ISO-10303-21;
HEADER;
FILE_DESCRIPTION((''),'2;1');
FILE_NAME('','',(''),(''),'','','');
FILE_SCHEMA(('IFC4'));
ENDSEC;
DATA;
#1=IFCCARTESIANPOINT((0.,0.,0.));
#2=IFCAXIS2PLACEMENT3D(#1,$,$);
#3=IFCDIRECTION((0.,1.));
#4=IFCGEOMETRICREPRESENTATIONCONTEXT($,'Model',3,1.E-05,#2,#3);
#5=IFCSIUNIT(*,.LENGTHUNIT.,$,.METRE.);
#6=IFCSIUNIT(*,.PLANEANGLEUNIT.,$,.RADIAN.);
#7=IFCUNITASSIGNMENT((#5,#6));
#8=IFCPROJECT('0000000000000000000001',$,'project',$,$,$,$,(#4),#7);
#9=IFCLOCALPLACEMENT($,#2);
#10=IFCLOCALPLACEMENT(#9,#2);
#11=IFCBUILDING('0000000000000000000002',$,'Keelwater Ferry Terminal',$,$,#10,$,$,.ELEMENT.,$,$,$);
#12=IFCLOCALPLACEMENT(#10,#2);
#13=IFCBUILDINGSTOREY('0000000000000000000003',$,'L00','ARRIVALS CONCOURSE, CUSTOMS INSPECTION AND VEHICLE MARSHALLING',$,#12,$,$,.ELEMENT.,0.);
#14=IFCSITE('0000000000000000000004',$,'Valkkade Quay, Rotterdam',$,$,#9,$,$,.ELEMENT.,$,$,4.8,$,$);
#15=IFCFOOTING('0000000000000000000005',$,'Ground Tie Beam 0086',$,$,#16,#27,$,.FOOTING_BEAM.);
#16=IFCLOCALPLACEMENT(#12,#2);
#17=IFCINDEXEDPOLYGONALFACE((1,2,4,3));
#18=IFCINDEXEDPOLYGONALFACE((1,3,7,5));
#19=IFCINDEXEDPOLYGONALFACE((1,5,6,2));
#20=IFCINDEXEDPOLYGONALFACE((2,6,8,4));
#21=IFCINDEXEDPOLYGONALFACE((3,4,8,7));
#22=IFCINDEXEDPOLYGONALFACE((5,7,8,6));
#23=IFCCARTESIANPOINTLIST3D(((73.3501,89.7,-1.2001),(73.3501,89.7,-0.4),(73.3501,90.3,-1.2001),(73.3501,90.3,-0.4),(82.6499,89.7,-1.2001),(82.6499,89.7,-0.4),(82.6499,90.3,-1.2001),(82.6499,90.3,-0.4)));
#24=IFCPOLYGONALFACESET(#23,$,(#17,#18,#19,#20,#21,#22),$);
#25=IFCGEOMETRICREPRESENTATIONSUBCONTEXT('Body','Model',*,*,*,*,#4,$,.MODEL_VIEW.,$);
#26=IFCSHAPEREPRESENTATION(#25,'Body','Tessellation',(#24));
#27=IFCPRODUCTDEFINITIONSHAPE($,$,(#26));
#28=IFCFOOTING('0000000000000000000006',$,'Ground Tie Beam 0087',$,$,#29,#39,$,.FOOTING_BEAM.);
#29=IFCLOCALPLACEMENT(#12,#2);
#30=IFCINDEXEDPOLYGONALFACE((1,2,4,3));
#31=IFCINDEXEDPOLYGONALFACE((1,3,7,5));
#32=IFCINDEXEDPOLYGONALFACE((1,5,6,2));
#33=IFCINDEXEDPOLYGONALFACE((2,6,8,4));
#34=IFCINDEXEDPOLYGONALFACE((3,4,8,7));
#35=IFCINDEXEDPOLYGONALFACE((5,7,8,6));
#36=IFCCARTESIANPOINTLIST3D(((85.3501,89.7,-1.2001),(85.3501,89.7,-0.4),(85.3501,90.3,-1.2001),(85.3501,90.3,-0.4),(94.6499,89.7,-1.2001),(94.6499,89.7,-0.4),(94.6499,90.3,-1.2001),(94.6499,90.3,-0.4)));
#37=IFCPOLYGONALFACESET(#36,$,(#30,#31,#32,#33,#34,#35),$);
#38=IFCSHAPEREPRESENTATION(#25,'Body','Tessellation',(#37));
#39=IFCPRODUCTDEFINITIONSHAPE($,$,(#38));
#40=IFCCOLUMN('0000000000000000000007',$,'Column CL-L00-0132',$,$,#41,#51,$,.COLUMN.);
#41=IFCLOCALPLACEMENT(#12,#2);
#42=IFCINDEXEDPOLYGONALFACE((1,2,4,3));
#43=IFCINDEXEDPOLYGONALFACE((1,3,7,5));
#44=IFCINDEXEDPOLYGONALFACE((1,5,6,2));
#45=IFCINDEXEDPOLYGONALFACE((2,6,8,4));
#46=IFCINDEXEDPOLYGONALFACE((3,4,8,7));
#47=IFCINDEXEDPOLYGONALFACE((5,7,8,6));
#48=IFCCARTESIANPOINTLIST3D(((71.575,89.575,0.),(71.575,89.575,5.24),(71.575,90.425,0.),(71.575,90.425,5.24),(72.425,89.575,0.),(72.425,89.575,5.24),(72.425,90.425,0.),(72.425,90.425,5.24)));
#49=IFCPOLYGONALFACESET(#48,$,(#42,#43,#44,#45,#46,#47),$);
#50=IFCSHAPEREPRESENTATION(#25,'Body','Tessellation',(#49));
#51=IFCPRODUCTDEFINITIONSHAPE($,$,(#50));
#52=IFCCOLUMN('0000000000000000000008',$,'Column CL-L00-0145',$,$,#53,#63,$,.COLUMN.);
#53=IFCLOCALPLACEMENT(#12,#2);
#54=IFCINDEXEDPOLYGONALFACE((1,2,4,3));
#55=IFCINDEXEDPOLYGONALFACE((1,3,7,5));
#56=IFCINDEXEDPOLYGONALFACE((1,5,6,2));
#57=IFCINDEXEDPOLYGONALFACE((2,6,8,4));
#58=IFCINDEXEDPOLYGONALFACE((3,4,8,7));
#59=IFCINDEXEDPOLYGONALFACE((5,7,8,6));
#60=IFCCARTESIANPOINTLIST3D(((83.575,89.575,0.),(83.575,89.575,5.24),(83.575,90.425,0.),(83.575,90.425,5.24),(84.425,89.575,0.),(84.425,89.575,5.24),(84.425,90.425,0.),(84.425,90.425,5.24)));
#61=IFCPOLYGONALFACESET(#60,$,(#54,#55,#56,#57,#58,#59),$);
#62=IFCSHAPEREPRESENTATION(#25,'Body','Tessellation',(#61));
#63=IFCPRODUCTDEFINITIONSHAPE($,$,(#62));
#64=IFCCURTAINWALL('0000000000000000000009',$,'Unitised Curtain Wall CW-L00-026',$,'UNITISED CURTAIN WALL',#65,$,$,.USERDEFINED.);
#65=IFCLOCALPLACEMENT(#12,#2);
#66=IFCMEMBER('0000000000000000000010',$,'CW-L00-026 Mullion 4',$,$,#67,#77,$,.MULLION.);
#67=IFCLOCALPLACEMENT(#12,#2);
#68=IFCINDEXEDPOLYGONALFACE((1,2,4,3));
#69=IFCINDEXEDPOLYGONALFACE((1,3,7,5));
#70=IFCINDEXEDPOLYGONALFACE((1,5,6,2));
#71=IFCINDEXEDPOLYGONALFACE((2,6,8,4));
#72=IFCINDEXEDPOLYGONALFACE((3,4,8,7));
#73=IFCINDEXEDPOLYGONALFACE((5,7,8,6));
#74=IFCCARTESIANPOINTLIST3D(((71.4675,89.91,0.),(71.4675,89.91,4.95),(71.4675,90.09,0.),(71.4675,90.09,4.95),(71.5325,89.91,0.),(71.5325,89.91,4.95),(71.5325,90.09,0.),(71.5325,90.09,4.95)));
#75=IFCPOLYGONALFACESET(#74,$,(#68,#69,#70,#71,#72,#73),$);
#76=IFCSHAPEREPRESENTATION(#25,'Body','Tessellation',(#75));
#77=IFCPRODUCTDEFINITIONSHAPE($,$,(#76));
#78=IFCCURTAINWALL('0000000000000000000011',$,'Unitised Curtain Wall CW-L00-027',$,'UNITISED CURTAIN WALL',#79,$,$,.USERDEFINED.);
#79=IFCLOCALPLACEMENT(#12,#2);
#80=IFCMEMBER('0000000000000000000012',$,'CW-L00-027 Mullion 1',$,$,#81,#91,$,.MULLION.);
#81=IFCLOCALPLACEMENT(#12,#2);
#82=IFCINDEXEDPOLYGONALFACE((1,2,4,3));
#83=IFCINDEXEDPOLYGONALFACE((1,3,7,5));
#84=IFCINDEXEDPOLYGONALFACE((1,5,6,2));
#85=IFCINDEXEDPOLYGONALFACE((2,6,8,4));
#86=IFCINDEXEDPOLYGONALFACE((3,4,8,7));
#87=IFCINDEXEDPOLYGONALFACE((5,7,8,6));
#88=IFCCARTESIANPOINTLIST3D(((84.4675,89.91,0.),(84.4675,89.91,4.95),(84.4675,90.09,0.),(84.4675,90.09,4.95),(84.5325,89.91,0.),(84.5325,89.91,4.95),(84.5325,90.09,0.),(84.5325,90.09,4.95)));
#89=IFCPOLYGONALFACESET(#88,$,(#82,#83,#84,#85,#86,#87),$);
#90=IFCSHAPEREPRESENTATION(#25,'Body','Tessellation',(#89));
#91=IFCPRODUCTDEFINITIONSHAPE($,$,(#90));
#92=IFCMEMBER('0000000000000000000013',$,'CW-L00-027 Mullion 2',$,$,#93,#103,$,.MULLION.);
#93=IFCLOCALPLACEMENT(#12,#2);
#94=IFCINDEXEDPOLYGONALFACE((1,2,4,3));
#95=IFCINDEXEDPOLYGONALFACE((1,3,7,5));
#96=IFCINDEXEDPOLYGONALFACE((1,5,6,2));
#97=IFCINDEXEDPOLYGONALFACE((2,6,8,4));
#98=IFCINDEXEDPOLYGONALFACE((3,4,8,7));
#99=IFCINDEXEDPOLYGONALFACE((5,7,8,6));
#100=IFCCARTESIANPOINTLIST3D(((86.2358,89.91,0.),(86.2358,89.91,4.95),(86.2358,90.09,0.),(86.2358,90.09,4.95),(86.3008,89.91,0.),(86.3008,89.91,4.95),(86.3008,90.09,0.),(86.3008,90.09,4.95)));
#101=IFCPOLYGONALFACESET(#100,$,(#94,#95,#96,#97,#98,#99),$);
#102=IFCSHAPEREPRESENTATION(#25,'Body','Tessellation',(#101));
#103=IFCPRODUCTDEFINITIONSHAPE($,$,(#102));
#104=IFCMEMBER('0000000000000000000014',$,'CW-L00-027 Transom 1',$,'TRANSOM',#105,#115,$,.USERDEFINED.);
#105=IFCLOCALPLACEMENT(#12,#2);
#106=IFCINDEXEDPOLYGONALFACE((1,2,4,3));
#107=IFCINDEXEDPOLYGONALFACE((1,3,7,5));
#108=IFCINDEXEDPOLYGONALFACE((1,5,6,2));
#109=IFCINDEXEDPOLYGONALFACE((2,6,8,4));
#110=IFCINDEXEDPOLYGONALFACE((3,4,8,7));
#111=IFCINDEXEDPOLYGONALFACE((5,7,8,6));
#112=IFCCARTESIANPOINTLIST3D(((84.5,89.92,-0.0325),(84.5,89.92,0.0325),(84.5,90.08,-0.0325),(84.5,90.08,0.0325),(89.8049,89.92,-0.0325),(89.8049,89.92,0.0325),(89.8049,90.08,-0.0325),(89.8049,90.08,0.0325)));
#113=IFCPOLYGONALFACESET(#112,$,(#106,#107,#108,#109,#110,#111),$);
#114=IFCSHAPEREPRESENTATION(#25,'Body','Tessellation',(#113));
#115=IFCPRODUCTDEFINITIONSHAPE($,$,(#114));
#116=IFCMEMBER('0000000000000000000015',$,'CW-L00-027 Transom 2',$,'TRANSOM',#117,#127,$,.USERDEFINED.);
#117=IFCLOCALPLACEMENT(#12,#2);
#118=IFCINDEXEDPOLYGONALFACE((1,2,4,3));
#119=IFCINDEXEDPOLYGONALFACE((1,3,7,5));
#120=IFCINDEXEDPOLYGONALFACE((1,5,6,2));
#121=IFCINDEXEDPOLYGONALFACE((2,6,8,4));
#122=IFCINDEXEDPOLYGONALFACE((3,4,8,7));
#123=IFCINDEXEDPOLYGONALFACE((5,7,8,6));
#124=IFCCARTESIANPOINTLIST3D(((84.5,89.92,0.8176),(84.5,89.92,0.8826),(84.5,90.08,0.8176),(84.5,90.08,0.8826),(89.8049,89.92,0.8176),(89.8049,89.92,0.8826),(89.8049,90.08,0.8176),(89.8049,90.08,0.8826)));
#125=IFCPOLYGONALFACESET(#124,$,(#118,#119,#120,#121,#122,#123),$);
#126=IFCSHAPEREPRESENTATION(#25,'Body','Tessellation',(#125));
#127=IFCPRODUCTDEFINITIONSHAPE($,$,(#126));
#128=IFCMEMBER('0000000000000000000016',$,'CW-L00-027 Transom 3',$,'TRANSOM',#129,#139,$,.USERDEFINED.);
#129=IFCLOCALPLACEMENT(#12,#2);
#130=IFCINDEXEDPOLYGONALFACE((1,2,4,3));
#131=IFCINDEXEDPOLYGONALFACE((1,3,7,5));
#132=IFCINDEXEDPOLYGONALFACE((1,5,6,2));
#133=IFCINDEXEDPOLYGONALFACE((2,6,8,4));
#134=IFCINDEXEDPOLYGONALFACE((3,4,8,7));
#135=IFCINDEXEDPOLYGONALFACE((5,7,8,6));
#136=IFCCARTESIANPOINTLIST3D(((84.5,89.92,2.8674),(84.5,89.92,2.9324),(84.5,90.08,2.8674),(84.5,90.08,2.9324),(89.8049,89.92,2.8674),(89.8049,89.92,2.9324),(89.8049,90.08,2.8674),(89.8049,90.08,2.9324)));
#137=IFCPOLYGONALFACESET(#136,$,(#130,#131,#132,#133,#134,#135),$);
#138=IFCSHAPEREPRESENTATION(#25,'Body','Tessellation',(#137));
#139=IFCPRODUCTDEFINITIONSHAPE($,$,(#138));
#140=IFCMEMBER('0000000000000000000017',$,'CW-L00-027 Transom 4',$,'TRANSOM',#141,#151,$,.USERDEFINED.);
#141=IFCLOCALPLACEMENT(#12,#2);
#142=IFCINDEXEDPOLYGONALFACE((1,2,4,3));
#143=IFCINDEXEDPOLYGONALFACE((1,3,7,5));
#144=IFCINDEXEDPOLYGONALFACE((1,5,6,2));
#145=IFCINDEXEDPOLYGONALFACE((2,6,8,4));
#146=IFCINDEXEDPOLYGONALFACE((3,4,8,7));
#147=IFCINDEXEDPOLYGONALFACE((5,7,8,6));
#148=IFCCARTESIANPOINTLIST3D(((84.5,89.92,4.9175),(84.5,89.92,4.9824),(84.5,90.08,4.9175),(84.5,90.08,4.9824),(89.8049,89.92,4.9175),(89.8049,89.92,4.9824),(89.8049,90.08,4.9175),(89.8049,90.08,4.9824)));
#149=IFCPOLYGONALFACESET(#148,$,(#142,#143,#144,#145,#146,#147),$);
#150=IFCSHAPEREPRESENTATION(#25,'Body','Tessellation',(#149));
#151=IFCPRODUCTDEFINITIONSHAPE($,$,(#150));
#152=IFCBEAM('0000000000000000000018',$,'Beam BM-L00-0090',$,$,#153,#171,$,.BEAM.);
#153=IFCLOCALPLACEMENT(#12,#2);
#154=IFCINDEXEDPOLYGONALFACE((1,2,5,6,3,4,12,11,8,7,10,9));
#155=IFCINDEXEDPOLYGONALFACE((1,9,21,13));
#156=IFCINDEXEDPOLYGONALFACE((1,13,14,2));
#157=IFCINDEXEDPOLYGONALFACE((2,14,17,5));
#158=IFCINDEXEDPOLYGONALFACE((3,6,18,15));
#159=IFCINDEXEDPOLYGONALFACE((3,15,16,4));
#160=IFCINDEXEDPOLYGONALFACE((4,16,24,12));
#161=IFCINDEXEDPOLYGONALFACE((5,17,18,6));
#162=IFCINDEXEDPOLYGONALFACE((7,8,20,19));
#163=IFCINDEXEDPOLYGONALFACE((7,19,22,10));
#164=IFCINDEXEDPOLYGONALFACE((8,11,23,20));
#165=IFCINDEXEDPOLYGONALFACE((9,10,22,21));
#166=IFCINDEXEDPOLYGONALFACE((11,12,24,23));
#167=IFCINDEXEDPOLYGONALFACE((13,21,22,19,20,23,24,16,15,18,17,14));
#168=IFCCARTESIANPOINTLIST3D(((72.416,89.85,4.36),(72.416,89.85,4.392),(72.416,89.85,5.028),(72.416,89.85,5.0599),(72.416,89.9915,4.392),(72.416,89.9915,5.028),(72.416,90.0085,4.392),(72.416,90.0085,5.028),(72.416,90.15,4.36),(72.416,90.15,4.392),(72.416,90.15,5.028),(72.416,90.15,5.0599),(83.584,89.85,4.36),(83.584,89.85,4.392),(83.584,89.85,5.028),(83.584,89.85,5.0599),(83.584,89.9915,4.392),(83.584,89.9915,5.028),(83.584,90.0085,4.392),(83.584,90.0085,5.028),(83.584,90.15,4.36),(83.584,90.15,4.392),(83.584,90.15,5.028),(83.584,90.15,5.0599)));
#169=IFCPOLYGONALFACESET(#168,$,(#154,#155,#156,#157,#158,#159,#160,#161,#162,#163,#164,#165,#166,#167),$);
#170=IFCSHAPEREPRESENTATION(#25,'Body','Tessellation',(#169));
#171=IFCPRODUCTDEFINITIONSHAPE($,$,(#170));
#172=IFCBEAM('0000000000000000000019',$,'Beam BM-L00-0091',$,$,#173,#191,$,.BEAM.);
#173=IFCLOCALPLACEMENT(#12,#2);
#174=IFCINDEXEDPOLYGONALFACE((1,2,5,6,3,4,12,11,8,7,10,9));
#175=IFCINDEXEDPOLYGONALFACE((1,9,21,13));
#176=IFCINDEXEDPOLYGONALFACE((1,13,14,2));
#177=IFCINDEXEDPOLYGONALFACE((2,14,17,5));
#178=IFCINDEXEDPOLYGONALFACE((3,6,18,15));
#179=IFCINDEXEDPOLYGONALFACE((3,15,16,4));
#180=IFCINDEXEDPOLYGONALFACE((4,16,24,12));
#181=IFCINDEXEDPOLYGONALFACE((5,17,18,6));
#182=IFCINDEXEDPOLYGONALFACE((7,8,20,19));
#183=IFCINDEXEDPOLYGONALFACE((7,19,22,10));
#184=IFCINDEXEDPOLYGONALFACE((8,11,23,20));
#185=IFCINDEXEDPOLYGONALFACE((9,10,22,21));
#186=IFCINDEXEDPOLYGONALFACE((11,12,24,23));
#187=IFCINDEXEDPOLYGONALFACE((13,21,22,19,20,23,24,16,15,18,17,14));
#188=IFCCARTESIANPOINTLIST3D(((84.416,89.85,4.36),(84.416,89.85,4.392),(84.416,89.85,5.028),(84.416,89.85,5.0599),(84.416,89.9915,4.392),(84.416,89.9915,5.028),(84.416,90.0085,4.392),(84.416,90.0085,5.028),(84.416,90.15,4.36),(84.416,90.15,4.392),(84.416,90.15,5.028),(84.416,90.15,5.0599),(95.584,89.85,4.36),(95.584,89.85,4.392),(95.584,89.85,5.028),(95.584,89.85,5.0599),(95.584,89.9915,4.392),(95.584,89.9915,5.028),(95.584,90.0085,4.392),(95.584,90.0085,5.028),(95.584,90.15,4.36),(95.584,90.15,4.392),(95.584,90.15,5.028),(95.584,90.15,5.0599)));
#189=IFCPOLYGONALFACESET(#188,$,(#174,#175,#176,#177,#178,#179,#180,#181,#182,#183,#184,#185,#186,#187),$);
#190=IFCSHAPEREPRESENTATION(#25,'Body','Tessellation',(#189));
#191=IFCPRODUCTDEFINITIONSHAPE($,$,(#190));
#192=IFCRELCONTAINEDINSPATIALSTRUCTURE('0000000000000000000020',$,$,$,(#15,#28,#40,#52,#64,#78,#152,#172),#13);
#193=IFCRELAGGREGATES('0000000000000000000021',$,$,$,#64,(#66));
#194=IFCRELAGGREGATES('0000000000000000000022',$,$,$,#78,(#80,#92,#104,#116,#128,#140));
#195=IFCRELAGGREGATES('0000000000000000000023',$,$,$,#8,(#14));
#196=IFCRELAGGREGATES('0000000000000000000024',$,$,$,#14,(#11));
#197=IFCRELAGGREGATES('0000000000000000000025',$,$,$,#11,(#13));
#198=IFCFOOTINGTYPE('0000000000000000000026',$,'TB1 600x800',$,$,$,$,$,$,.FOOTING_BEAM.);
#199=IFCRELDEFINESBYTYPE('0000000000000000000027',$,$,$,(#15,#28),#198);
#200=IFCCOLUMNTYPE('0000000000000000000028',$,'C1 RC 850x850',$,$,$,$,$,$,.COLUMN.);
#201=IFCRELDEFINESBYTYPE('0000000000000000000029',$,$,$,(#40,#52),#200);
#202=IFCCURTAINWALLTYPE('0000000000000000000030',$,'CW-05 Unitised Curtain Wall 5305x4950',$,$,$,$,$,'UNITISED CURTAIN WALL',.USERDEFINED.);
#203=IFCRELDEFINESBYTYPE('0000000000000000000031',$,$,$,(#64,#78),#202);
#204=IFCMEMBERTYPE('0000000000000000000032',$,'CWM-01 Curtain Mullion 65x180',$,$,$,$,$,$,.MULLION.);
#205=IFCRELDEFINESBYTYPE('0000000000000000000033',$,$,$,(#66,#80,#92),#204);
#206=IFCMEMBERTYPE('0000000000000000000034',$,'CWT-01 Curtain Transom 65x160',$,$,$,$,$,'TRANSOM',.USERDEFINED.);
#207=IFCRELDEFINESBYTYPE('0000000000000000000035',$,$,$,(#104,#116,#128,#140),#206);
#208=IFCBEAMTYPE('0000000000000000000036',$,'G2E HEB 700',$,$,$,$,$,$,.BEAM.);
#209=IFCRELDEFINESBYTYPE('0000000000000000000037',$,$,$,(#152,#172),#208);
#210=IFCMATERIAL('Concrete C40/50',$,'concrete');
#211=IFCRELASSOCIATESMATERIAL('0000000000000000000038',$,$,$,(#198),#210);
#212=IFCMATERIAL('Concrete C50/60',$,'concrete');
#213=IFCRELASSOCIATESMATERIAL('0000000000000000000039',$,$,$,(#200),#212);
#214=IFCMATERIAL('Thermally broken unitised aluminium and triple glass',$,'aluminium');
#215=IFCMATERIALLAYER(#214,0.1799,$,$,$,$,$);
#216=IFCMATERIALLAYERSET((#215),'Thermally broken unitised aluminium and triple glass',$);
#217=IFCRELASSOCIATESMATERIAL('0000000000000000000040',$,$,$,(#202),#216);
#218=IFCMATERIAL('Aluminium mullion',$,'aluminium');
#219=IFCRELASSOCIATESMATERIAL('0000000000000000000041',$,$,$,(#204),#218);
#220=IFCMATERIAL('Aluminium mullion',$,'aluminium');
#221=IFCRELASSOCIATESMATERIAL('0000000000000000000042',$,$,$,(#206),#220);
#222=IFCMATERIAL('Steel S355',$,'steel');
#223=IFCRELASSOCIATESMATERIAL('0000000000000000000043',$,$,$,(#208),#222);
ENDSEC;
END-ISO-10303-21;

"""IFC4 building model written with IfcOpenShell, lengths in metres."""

from ifc_helpers import new_model, si_unit, direction, frame, origin, origin_2d, place, context, subcontext, project, spatial, rectangle, i_section, extrude, material, layer, layer_set, material_profile, profile_set, type_object, element, aggregate, save


model = new_model("IFC4")

# Units and contexts
model_context = context("Model", 3, precision=1e-05, world=origin(), true_north=direction((0.0, 1.0)))
body_context = subcontext(model_context, "Body", "Model", "MODEL_VIEW")
ifc_project = project(units=[si_unit("LENGTHUNIT", "METRE"), si_unit("PLANEANGLEUNIT", "RADIAN")], contexts=[model_context])

# Site, building, storey
site_placement = place(None, origin())
site = spatial("IfcSite", under=ifc_project, at=site_placement, Name="Valkkade Quay, Rotterdam", CompositionType="ELEMENT", RefElevation=4.8)
building_placement = place(site_placement, origin())
building = spatial("IfcBuilding", under=site, at=building_placement, Name="Keelwater Ferry Terminal", CompositionType="ELEMENT")
storey_placement = place(building_placement, origin())
storey = spatial("IfcBuildingStorey", under=building, at=storey_placement, Name="L00", Description="ARRIVALS CONCOURSE, CUSTOMS INSPECTION AND VEHICLE MARSHALLING", CompositionType="ELEMENT", Elevation=0.0)

# Footings
ifc_material_1 = material(Name="Concrete C40/50", Category="concrete")
ifc_material_profile_1 = material_profile(ifc_material_1, rectangle(XDim=0.6001, YDim=0.8, at=origin_2d()), Name="TB 600x800")
ifc_profile_set_1 = profile_set([ifc_material_profile_1], Name="Concrete C40/50")
footing_type = type_object("IfcFootingType", Name="TB1 600x800", PredefinedType="FOOTING_BEAM", material=ifc_profile_set_1)
for number, where, z_axis, x_axis, name in (
    (1, (73.3501, 90.0, -0.8), (1.0, 0.0, 0.0), (0.0, 1.0, 0.0), "Ground Tie Beam 0086"),
    (2, (85.3501, 90.0, -0.8), (1.0, 0.0, 0.0), (0.0, 1.0, 0.0), "Ground Tie Beam 0087"),
):
    element("IfcFooting", number, at=place(storey_placement, frame(where, z_axis=z_axis, x_axis=x_axis)), inside=storey, type_object=footing_type, Name=name, PredefinedType="FOOTING_BEAM", context=body_context, shape_type="SweptSolid", body=[
        extrude(rectangle(XDim=0.6001, YDim=0.8, at=origin_2d()), origin(), (0.0, 0.0, 1.0), 9.2998),
    ])

# Columns
ifc_material_2 = material(Name="Concrete C50/60", Category="concrete")
ifc_material_profile_2 = material_profile(ifc_material_2, rectangle(XDim=0.8501, YDim=0.8501, at=origin_2d()), Name="RC 850x850")
ifc_profile_set_2 = profile_set([ifc_material_profile_2], Name="Concrete C50/60")
column_type = type_object("IfcColumnType", Name="C1 RC 850x850", PredefinedType="COLUMN", material=ifc_profile_set_2)
for number, where, z_axis, x_axis, name in (
    (3, (72.0, 90.0, 0.0), (0.0, 0.0, 1.0), (1.0, 0.0, 0.0), "Column CL-L00-0132"),
    (4, (84.0, 90.0, 0.0), (0.0, 0.0, 1.0), (1.0, 0.0, 0.0), "Column CL-L00-0145"),
):
    element("IfcColumn", number, at=place(storey_placement, frame(where, z_axis=z_axis, x_axis=x_axis)), inside=storey, type_object=column_type, Name=name, PredefinedType="COLUMN", context=body_context, shape_type="SweptSolid", body=[
        extrude(rectangle(XDim=0.8501, YDim=0.8501, at=origin_2d()), origin(), (0.0, 0.0, 1.0), 5.24),
    ])

# Curtain wall, member
ifc_material_3 = material(Name="Thermally broken unitised aluminium and triple glass", Category="aluminium")
ifc_layer_1 = layer(ifc_material_3, 0.1799)
ifc_layer_set_1 = layer_set([ifc_layer_1], Name="Thermally broken unitised aluminium and triple glass")
curtain_wall_type = type_object("IfcCurtainWallType", Name="CW-05 Unitised Curtain Wall 5305x4950", ElementType="UNITISED CURTAIN WALL", PredefinedType="USERDEFINED", material=ifc_layer_set_1)
curtain_wall_1_placement = place(storey_placement, origin())
curtain_wall_1 = element("IfcCurtainWall", 5, at=curtain_wall_1_placement, inside=storey, type_object=curtain_wall_type, Name="Unitised Curtain Wall CW-L00-026", ObjectType="UNITISED CURTAIN WALL", PredefinedType="USERDEFINED")
ifc_material_4 = material(Name="Aluminium mullion", Category="aluminium")
ifc_material_profile_3 = material_profile(ifc_material_4, rectangle(XDim=0.0649, YDim=0.1799, at=origin_2d()), Name="CWM-01")
ifc_profile_set_3 = profile_set([ifc_material_profile_3], Name="Aluminium mullion")
member_type_1 = type_object("IfcMemberType", Name="CWM-01 Curtain Mullion 65x180", PredefinedType="MULLION", material=ifc_profile_set_3)
member_1_placement = place(storey_placement, frame((71.5, 90.0, 0.0), z_axis=(0.0, 0.0, 1.0), x_axis=(1.0, 0.0, 0.0)))
member_1 = element("IfcMember", 6, at=member_1_placement, type_object=member_type_1, Name="CW-L00-026 Mullion 4", PredefinedType="MULLION", context=body_context, shape_type="SweptSolid", body=[
    extrude(rectangle(XDim=0.0649, YDim=0.1799, at=origin_2d()), origin(), (0.0, 0.0, 1.0), 4.95),
])
aggregate(curtain_wall_1, [member_1])

# Curtain wall, members
curtain_wall_2_placement = place(storey_placement, origin())
curtain_wall_2 = element("IfcCurtainWall", 7, at=curtain_wall_2_placement, inside=storey, type_object=curtain_wall_type, Name="Unitised Curtain Wall CW-L00-027", ObjectType="UNITISED CURTAIN WALL", PredefinedType="USERDEFINED")
member_2_placement = place(storey_placement, frame((84.5, 90.0, 0.0), z_axis=(0.0, 0.0, 1.0), x_axis=(1.0, 0.0, 0.0)))
member_2 = element("IfcMember", 8, at=member_2_placement, type_object=member_type_1, Name="CW-L00-027 Mullion 1", PredefinedType="MULLION", context=body_context, shape_type="SweptSolid", body=[
    extrude(rectangle(XDim=0.0649, YDim=0.1799, at=origin_2d()), origin(), (0.0, 0.0, 1.0), 4.95),
])
member_3_placement = place(storey_placement, frame((86.2683, 90.0, 0.0), z_axis=(0.0, 0.0, 1.0), x_axis=(1.0, 0.0, 0.0)))
member_3 = element("IfcMember", 9, at=member_3_placement, type_object=member_type_1, Name="CW-L00-027 Mullion 2", PredefinedType="MULLION", context=body_context, shape_type="SweptSolid", body=[
    extrude(rectangle(XDim=0.0649, YDim=0.1799, at=origin_2d()), origin(), (0.0, 0.0, 1.0), 4.95),
])
ifc_material_5 = material(Name="Aluminium mullion", Category="aluminium")
ifc_material_profile_4 = material_profile(ifc_material_5, rectangle(XDim=0.1599, YDim=0.0649, at=origin_2d()), Name="CWT-01")
ifc_profile_set_4 = profile_set([ifc_material_profile_4], Name="Aluminium mullion")
member_type_2 = type_object("IfcMemberType", Name="CWT-01 Curtain Transom 65x160", ElementType="TRANSOM", PredefinedType="USERDEFINED", material=ifc_profile_set_4)
member_4_placement = place(storey_placement, frame((84.5, 90.0, 0.0), z_axis=(1.0, 0.0, 0.0), x_axis=(0.0, 1.0, 0.0)))
member_4 = element("IfcMember", 10, at=member_4_placement, type_object=member_type_2, Name="CW-L00-027 Transom 1", ObjectType="TRANSOM", PredefinedType="USERDEFINED", context=body_context, shape_type="SweptSolid", body=[
    extrude(rectangle(XDim=0.1599, YDim=0.0649, at=origin_2d()), origin(), (0.0, 0.0, 1.0), 5.3049),
])
member_5_placement = place(storey_placement, frame((84.5, 90.0, 0.8501), z_axis=(1.0, 0.0, 0.0), x_axis=(0.0, 1.0, 0.0)))
member_5 = element("IfcMember", 11, at=member_5_placement, type_object=member_type_2, Name="CW-L00-027 Transom 2", ObjectType="TRANSOM", PredefinedType="USERDEFINED", context=body_context, shape_type="SweptSolid", body=[
    extrude(rectangle(XDim=0.1599, YDim=0.0649, at=origin_2d()), origin(), (0.0, 0.0, 1.0), 5.3049),
])
member_6_placement = place(storey_placement, frame((84.5, 90.0, 2.8999), z_axis=(1.0, 0.0, 0.0), x_axis=(0.0, 1.0, 0.0)))
member_6 = element("IfcMember", 12, at=member_6_placement, type_object=member_type_2, Name="CW-L00-027 Transom 3", ObjectType="TRANSOM", PredefinedType="USERDEFINED", context=body_context, shape_type="SweptSolid", body=[
    extrude(rectangle(XDim=0.1599, YDim=0.0649, at=origin_2d()), origin(), (0.0, 0.0, 1.0), 5.3049),
])
member_7_placement = place(storey_placement, frame((84.5, 90.0, 4.95), z_axis=(1.0, 0.0, 0.0), x_axis=(0.0, 1.0, 0.0)))
member_7 = element("IfcMember", 13, at=member_7_placement, type_object=member_type_2, Name="CW-L00-027 Transom 4", ObjectType="TRANSOM", PredefinedType="USERDEFINED", context=body_context, shape_type="SweptSolid", body=[
    extrude(rectangle(XDim=0.1599, YDim=0.0649, at=origin_2d()), origin(), (0.0, 0.0, 1.0), 5.3049),
])

# Beams
ifc_material_6 = material(Name="Steel S355", Category="steel")
ifc_material_profile_5 = material_profile(ifc_material_6, i_section(OverallWidth=0.3, OverallDepth=0.7, WebThickness=0.0171, FlangeThickness=0.032, at=origin_2d()), Name="HEB 700")
ifc_profile_set_5 = profile_set([ifc_material_profile_5], Name="Steel S355")
beam_type_1 = type_object("IfcBeamType", Name="G2E HEB 700", PredefinedType="BEAM", material=ifc_profile_set_5)
for number, where, z_axis, x_axis, name in (
    (14, (72.416, 90.0, 4.71), (1.0, 0.0, 0.0), (0.0, 1.0, 0.0), "Beam BM-L00-0090"),
    (15, (84.416, 90.0, 4.71), (1.0, 0.0, 0.0), (0.0, 1.0, 0.0), "Beam BM-L00-0091"),
):
    element("IfcBeam", number, at=place(storey_placement, frame(where, z_axis=z_axis, x_axis=x_axis)), inside=storey, type_object=beam_type_1, Name=name, PredefinedType="BEAM", context=body_context, shape_type="SweptSolid", body=[
        extrude(i_section(OverallWidth=0.3, OverallDepth=0.7, WebThickness=0.0171, FlangeThickness=0.032, at=origin_2d()), origin(), (0.0, 0.0, 1.0), 11.168),
    ])

aggregate(curtain_wall_2, [member_2, member_3, member_4, member_5, member_6, member_7])

save(model, "model.ifc")
